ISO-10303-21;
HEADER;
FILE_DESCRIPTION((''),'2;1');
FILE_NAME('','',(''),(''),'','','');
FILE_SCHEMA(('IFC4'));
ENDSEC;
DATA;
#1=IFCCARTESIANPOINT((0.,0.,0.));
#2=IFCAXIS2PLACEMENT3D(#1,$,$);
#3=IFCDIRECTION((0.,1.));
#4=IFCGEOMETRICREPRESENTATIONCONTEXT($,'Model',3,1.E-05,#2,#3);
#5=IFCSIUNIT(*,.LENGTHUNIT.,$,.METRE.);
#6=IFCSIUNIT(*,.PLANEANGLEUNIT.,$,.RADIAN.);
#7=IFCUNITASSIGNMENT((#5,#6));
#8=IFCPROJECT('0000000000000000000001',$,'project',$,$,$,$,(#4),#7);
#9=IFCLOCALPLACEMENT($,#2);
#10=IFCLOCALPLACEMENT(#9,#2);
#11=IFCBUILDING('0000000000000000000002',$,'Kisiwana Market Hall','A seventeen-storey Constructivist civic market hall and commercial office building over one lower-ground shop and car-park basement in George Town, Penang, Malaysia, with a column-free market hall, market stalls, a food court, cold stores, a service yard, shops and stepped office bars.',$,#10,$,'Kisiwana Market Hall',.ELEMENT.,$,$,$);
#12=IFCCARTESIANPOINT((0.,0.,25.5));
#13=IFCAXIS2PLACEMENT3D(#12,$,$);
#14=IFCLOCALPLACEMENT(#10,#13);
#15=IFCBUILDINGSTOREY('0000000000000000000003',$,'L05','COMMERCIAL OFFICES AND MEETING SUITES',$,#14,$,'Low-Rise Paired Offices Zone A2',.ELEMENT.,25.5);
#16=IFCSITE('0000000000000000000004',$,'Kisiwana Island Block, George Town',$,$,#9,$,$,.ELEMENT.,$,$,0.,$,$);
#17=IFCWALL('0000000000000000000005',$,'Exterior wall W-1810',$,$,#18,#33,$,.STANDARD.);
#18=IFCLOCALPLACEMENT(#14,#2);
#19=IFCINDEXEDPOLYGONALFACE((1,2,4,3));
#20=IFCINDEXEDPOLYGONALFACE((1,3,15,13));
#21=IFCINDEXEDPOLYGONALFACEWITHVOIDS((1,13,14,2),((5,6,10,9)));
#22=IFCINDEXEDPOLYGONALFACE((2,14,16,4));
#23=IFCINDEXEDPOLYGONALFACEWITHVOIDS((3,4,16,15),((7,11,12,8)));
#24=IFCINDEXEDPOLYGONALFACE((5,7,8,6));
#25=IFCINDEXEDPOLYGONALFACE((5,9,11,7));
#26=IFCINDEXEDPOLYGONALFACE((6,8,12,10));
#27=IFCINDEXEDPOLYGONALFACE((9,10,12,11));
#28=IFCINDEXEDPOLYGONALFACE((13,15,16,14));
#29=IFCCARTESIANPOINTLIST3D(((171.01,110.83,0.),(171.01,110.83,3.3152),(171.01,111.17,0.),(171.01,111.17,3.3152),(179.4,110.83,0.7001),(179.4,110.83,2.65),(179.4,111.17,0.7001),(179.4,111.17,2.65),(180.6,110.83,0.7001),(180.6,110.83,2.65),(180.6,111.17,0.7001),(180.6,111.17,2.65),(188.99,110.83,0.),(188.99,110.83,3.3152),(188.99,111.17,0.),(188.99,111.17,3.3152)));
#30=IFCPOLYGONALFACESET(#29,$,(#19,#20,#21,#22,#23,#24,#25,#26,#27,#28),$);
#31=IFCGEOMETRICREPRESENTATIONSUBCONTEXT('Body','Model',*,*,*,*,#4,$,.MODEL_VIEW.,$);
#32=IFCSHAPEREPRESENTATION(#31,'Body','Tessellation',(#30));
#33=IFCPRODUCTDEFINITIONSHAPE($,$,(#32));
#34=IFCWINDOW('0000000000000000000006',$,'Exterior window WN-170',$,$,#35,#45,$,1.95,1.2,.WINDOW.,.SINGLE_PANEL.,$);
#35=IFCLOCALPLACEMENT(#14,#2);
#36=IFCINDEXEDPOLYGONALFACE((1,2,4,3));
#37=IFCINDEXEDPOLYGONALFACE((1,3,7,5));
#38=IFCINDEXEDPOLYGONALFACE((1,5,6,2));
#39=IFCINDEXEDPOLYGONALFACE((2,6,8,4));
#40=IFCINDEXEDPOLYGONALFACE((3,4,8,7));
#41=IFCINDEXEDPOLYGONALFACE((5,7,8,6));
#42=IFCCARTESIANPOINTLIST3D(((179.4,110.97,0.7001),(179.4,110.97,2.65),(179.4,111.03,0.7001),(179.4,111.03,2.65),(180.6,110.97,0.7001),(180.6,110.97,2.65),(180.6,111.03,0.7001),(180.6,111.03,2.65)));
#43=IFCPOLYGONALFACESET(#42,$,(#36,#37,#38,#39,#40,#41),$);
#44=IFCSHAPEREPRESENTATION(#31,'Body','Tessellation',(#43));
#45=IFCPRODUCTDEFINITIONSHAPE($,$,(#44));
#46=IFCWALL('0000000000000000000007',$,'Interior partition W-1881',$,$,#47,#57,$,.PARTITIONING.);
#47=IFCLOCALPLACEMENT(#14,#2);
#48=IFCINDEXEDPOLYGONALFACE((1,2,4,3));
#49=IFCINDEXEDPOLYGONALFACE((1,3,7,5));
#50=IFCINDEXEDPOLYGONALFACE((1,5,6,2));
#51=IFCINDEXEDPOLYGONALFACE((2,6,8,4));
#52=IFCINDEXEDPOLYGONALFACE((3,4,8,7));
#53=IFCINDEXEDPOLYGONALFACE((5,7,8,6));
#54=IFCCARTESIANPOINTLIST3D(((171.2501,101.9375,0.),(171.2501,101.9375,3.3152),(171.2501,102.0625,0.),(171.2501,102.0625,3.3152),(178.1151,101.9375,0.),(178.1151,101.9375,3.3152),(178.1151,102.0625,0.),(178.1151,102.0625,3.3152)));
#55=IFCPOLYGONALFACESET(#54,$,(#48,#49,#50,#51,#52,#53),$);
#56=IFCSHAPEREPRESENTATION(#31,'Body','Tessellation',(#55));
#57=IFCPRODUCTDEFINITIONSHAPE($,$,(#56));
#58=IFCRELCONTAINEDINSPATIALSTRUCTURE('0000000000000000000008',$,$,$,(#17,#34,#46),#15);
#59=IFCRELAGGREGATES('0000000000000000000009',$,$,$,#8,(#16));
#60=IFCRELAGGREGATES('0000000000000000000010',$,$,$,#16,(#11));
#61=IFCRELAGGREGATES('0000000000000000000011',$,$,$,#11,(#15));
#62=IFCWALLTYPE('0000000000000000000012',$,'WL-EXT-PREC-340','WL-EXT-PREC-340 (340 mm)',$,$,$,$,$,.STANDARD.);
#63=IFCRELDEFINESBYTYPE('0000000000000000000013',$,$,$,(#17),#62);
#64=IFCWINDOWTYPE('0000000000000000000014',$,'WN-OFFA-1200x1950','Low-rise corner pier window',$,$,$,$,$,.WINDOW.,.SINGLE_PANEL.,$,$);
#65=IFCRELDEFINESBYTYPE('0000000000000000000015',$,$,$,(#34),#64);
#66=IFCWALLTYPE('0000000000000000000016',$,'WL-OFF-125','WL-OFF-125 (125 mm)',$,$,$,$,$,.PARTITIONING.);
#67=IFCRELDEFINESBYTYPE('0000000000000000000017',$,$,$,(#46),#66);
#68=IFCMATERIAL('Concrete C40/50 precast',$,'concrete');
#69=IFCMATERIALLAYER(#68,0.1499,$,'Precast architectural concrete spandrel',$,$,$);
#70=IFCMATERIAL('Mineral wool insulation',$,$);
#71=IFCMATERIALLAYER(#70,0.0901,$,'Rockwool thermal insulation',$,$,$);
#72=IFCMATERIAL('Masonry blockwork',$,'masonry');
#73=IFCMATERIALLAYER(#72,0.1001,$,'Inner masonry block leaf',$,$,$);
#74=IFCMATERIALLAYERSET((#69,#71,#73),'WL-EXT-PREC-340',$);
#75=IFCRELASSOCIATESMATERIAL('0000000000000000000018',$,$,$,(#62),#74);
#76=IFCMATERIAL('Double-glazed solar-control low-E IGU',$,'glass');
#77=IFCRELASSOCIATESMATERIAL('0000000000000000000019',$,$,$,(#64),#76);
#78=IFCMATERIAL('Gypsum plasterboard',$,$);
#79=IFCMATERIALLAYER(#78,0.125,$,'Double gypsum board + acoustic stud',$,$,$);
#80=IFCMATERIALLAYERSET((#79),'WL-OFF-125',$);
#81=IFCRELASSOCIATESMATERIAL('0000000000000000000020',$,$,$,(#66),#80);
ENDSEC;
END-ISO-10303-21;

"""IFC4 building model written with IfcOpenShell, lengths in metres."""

from ifc_helpers import new_model, si_unit, direction, frame, frame_2d, origin, place, context, subcontext, project, spatial, rectangle, extrude, material, layer, layer_set, type_object, element, fill, save


model = new_model("IFC4")

# Units and contexts
model_context = context("Model", 3, precision=1e-05, world=origin(), true_north=direction((0.0, 1.0)))
body_context = subcontext(model_context, "Body", "Model", "MODEL_VIEW")
ifc_project = project(units=[si_unit("LENGTHUNIT", "METRE"), si_unit("PLANEANGLEUNIT", "RADIAN")], contexts=[model_context])

# Site, building, storey
site_placement = place(None, origin())
site = spatial("IfcSite", under=ifc_project, at=site_placement, Name="Kisiwana Island Block, George Town", CompositionType="ELEMENT", RefElevation=0.0)
building_placement = place(site_placement, origin())
building = spatial("IfcBuilding", under=site, at=building_placement, Name="Kisiwana Market Hall", Description="A seventeen-storey Constructivist civic market hall and commercial office building over one lower-ground shop and car-park basement in George Town, Penang, Malaysia, with a column-free market hall, market stalls, a food court, cold stores, a service yard, shops and stepped office bars.", LongName="Kisiwana Market Hall", CompositionType="ELEMENT")
storey_placement = place(building_placement, frame((0.0, 0.0, 25.5)))
storey = spatial("IfcBuildingStorey", under=building, at=storey_placement, Name="L05", Description="COMMERCIAL OFFICES AND MEETING SUITES", LongName="Low-Rise Paired Offices Zone A2", CompositionType="ELEMENT", Elevation=25.5)

# Wall, opening, window
ifc_material_1 = material(Name="Concrete C40/50 precast", Category="concrete")
ifc_layer_1 = layer(ifc_material_1, 0.1499, Name="Precast architectural concrete spandrel")
ifc_material_2 = material(Name="Mineral wool insulation")
ifc_layer_2 = layer(ifc_material_2, 0.0901, Name="Rockwool thermal insulation")
ifc_material_3 = material(Name="Masonry blockwork", Category="masonry")
ifc_layer_3 = layer(ifc_material_3, 0.1001, Name="Inner masonry block leaf")
ifc_layer_set_1 = layer_set([ifc_layer_1, ifc_layer_2, ifc_layer_3], Name="WL-EXT-PREC-340")
wall_type_1 = type_object("IfcWallType", Name="WL-EXT-PREC-340", Description="WL-EXT-PREC-340 (340 mm)", PredefinedType="STANDARD", material=ifc_layer_set_1)
wall_1_placement = place(storey_placement, frame((171.01, 111.0, 0.0), z_axis=(0.0, 0.0, 1.0), x_axis=(1.0, 0.0, 0.0)))
wall_1 = element("IfcWall", 1, at=wall_1_placement, inside=storey, type_object=wall_type_1, Name="Exterior wall W-1810", PredefinedType="STANDARD", context=body_context, shape_type="SweptSolid", body=[
    extrude(rectangle(XDim=17.98, YDim=0.3401, at=frame_2d((8.99, 0.0))), origin(), (0.0, 0.0, 1.0), 3.3152),
])
opening_1_placement = place(wall_1_placement, frame((8.3899, 0.0, 0.7)))
opening_1 = element("IfcOpeningElement", 2, at=opening_1_placement, cuts=wall_1, PredefinedType="OPENING", context=body_context, shape_type="SweptSolid", body=[
    extrude(rectangle(XDim=1.2, YDim=1.95, at=frame_2d((0.6001, 0.9751))), frame((0.0, 0.1821, 0.0), z_axis=(0.0, -1.0, 0.0), x_axis=(1.0, 0.0, 0.0)), (0.0, 0.0, 1.0), 0.364),
])
ifc_material_4 = material(Name="Double-glazed solar-control low-E IGU", Category="glass")
window_type_1 = type_object("IfcWindowType", Name="WN-OFFA-1200x1950", Description="Low-rise corner pier window", PartitioningType="SINGLE_PANEL", PredefinedType="WINDOW", material=ifc_material_4)
window_1_placement = place(opening_1_placement, origin())
window_1 = element("IfcWindow", 3, at=window_1_placement, inside=storey, type_object=window_type_1, Name="Exterior window WN-170", OverallHeight=1.95, OverallWidth=1.2, PartitioningType="SINGLE_PANEL", PredefinedType="WINDOW", context=body_context, shape_type="SweptSolid", body=[
    extrude(rectangle(XDim=1.2, YDim=1.95, at=frame_2d((0.6001, 0.9751))), frame((0.0, 0.03, 0.0), z_axis=(0.0, -1.0, 0.0), x_axis=(1.0, 0.0, 0.0)), (0.0, 0.0, 1.0), 0.0601),
])
fill(opening_1, window_1)

# Wall
ifc_material_5 = material(Name="Gypsum plasterboard")
ifc_layer_4 = layer(ifc_material_5, 0.125, Name="Double gypsum board + acoustic stud")
ifc_layer_set_2 = layer_set([ifc_layer_4], Name="WL-OFF-125")
wall_type_2 = type_object("IfcWallType", Name="WL-OFF-125", Description="WL-OFF-125 (125 mm)", PredefinedType="PARTITIONING", material=ifc_layer_set_2)
wall_2_placement = place(storey_placement, frame((171.25, 102.0, 0.0), z_axis=(0.0, 0.0, 1.0), x_axis=(1.0, 0.0, 0.0)))
element("IfcWall", 4, at=wall_2_placement, inside=storey, type_object=wall_type_2, Name="Interior partition W-1881", PredefinedType="PARTITIONING", context=body_context, shape_type="SweptSolid", body=[
    extrude(rectangle(XDim=6.865, YDim=0.125, at=frame_2d((3.4326, 0.0))), origin(), (0.0, 0.0, 1.0), 3.3152),
])

save(model, "model.ifc")
